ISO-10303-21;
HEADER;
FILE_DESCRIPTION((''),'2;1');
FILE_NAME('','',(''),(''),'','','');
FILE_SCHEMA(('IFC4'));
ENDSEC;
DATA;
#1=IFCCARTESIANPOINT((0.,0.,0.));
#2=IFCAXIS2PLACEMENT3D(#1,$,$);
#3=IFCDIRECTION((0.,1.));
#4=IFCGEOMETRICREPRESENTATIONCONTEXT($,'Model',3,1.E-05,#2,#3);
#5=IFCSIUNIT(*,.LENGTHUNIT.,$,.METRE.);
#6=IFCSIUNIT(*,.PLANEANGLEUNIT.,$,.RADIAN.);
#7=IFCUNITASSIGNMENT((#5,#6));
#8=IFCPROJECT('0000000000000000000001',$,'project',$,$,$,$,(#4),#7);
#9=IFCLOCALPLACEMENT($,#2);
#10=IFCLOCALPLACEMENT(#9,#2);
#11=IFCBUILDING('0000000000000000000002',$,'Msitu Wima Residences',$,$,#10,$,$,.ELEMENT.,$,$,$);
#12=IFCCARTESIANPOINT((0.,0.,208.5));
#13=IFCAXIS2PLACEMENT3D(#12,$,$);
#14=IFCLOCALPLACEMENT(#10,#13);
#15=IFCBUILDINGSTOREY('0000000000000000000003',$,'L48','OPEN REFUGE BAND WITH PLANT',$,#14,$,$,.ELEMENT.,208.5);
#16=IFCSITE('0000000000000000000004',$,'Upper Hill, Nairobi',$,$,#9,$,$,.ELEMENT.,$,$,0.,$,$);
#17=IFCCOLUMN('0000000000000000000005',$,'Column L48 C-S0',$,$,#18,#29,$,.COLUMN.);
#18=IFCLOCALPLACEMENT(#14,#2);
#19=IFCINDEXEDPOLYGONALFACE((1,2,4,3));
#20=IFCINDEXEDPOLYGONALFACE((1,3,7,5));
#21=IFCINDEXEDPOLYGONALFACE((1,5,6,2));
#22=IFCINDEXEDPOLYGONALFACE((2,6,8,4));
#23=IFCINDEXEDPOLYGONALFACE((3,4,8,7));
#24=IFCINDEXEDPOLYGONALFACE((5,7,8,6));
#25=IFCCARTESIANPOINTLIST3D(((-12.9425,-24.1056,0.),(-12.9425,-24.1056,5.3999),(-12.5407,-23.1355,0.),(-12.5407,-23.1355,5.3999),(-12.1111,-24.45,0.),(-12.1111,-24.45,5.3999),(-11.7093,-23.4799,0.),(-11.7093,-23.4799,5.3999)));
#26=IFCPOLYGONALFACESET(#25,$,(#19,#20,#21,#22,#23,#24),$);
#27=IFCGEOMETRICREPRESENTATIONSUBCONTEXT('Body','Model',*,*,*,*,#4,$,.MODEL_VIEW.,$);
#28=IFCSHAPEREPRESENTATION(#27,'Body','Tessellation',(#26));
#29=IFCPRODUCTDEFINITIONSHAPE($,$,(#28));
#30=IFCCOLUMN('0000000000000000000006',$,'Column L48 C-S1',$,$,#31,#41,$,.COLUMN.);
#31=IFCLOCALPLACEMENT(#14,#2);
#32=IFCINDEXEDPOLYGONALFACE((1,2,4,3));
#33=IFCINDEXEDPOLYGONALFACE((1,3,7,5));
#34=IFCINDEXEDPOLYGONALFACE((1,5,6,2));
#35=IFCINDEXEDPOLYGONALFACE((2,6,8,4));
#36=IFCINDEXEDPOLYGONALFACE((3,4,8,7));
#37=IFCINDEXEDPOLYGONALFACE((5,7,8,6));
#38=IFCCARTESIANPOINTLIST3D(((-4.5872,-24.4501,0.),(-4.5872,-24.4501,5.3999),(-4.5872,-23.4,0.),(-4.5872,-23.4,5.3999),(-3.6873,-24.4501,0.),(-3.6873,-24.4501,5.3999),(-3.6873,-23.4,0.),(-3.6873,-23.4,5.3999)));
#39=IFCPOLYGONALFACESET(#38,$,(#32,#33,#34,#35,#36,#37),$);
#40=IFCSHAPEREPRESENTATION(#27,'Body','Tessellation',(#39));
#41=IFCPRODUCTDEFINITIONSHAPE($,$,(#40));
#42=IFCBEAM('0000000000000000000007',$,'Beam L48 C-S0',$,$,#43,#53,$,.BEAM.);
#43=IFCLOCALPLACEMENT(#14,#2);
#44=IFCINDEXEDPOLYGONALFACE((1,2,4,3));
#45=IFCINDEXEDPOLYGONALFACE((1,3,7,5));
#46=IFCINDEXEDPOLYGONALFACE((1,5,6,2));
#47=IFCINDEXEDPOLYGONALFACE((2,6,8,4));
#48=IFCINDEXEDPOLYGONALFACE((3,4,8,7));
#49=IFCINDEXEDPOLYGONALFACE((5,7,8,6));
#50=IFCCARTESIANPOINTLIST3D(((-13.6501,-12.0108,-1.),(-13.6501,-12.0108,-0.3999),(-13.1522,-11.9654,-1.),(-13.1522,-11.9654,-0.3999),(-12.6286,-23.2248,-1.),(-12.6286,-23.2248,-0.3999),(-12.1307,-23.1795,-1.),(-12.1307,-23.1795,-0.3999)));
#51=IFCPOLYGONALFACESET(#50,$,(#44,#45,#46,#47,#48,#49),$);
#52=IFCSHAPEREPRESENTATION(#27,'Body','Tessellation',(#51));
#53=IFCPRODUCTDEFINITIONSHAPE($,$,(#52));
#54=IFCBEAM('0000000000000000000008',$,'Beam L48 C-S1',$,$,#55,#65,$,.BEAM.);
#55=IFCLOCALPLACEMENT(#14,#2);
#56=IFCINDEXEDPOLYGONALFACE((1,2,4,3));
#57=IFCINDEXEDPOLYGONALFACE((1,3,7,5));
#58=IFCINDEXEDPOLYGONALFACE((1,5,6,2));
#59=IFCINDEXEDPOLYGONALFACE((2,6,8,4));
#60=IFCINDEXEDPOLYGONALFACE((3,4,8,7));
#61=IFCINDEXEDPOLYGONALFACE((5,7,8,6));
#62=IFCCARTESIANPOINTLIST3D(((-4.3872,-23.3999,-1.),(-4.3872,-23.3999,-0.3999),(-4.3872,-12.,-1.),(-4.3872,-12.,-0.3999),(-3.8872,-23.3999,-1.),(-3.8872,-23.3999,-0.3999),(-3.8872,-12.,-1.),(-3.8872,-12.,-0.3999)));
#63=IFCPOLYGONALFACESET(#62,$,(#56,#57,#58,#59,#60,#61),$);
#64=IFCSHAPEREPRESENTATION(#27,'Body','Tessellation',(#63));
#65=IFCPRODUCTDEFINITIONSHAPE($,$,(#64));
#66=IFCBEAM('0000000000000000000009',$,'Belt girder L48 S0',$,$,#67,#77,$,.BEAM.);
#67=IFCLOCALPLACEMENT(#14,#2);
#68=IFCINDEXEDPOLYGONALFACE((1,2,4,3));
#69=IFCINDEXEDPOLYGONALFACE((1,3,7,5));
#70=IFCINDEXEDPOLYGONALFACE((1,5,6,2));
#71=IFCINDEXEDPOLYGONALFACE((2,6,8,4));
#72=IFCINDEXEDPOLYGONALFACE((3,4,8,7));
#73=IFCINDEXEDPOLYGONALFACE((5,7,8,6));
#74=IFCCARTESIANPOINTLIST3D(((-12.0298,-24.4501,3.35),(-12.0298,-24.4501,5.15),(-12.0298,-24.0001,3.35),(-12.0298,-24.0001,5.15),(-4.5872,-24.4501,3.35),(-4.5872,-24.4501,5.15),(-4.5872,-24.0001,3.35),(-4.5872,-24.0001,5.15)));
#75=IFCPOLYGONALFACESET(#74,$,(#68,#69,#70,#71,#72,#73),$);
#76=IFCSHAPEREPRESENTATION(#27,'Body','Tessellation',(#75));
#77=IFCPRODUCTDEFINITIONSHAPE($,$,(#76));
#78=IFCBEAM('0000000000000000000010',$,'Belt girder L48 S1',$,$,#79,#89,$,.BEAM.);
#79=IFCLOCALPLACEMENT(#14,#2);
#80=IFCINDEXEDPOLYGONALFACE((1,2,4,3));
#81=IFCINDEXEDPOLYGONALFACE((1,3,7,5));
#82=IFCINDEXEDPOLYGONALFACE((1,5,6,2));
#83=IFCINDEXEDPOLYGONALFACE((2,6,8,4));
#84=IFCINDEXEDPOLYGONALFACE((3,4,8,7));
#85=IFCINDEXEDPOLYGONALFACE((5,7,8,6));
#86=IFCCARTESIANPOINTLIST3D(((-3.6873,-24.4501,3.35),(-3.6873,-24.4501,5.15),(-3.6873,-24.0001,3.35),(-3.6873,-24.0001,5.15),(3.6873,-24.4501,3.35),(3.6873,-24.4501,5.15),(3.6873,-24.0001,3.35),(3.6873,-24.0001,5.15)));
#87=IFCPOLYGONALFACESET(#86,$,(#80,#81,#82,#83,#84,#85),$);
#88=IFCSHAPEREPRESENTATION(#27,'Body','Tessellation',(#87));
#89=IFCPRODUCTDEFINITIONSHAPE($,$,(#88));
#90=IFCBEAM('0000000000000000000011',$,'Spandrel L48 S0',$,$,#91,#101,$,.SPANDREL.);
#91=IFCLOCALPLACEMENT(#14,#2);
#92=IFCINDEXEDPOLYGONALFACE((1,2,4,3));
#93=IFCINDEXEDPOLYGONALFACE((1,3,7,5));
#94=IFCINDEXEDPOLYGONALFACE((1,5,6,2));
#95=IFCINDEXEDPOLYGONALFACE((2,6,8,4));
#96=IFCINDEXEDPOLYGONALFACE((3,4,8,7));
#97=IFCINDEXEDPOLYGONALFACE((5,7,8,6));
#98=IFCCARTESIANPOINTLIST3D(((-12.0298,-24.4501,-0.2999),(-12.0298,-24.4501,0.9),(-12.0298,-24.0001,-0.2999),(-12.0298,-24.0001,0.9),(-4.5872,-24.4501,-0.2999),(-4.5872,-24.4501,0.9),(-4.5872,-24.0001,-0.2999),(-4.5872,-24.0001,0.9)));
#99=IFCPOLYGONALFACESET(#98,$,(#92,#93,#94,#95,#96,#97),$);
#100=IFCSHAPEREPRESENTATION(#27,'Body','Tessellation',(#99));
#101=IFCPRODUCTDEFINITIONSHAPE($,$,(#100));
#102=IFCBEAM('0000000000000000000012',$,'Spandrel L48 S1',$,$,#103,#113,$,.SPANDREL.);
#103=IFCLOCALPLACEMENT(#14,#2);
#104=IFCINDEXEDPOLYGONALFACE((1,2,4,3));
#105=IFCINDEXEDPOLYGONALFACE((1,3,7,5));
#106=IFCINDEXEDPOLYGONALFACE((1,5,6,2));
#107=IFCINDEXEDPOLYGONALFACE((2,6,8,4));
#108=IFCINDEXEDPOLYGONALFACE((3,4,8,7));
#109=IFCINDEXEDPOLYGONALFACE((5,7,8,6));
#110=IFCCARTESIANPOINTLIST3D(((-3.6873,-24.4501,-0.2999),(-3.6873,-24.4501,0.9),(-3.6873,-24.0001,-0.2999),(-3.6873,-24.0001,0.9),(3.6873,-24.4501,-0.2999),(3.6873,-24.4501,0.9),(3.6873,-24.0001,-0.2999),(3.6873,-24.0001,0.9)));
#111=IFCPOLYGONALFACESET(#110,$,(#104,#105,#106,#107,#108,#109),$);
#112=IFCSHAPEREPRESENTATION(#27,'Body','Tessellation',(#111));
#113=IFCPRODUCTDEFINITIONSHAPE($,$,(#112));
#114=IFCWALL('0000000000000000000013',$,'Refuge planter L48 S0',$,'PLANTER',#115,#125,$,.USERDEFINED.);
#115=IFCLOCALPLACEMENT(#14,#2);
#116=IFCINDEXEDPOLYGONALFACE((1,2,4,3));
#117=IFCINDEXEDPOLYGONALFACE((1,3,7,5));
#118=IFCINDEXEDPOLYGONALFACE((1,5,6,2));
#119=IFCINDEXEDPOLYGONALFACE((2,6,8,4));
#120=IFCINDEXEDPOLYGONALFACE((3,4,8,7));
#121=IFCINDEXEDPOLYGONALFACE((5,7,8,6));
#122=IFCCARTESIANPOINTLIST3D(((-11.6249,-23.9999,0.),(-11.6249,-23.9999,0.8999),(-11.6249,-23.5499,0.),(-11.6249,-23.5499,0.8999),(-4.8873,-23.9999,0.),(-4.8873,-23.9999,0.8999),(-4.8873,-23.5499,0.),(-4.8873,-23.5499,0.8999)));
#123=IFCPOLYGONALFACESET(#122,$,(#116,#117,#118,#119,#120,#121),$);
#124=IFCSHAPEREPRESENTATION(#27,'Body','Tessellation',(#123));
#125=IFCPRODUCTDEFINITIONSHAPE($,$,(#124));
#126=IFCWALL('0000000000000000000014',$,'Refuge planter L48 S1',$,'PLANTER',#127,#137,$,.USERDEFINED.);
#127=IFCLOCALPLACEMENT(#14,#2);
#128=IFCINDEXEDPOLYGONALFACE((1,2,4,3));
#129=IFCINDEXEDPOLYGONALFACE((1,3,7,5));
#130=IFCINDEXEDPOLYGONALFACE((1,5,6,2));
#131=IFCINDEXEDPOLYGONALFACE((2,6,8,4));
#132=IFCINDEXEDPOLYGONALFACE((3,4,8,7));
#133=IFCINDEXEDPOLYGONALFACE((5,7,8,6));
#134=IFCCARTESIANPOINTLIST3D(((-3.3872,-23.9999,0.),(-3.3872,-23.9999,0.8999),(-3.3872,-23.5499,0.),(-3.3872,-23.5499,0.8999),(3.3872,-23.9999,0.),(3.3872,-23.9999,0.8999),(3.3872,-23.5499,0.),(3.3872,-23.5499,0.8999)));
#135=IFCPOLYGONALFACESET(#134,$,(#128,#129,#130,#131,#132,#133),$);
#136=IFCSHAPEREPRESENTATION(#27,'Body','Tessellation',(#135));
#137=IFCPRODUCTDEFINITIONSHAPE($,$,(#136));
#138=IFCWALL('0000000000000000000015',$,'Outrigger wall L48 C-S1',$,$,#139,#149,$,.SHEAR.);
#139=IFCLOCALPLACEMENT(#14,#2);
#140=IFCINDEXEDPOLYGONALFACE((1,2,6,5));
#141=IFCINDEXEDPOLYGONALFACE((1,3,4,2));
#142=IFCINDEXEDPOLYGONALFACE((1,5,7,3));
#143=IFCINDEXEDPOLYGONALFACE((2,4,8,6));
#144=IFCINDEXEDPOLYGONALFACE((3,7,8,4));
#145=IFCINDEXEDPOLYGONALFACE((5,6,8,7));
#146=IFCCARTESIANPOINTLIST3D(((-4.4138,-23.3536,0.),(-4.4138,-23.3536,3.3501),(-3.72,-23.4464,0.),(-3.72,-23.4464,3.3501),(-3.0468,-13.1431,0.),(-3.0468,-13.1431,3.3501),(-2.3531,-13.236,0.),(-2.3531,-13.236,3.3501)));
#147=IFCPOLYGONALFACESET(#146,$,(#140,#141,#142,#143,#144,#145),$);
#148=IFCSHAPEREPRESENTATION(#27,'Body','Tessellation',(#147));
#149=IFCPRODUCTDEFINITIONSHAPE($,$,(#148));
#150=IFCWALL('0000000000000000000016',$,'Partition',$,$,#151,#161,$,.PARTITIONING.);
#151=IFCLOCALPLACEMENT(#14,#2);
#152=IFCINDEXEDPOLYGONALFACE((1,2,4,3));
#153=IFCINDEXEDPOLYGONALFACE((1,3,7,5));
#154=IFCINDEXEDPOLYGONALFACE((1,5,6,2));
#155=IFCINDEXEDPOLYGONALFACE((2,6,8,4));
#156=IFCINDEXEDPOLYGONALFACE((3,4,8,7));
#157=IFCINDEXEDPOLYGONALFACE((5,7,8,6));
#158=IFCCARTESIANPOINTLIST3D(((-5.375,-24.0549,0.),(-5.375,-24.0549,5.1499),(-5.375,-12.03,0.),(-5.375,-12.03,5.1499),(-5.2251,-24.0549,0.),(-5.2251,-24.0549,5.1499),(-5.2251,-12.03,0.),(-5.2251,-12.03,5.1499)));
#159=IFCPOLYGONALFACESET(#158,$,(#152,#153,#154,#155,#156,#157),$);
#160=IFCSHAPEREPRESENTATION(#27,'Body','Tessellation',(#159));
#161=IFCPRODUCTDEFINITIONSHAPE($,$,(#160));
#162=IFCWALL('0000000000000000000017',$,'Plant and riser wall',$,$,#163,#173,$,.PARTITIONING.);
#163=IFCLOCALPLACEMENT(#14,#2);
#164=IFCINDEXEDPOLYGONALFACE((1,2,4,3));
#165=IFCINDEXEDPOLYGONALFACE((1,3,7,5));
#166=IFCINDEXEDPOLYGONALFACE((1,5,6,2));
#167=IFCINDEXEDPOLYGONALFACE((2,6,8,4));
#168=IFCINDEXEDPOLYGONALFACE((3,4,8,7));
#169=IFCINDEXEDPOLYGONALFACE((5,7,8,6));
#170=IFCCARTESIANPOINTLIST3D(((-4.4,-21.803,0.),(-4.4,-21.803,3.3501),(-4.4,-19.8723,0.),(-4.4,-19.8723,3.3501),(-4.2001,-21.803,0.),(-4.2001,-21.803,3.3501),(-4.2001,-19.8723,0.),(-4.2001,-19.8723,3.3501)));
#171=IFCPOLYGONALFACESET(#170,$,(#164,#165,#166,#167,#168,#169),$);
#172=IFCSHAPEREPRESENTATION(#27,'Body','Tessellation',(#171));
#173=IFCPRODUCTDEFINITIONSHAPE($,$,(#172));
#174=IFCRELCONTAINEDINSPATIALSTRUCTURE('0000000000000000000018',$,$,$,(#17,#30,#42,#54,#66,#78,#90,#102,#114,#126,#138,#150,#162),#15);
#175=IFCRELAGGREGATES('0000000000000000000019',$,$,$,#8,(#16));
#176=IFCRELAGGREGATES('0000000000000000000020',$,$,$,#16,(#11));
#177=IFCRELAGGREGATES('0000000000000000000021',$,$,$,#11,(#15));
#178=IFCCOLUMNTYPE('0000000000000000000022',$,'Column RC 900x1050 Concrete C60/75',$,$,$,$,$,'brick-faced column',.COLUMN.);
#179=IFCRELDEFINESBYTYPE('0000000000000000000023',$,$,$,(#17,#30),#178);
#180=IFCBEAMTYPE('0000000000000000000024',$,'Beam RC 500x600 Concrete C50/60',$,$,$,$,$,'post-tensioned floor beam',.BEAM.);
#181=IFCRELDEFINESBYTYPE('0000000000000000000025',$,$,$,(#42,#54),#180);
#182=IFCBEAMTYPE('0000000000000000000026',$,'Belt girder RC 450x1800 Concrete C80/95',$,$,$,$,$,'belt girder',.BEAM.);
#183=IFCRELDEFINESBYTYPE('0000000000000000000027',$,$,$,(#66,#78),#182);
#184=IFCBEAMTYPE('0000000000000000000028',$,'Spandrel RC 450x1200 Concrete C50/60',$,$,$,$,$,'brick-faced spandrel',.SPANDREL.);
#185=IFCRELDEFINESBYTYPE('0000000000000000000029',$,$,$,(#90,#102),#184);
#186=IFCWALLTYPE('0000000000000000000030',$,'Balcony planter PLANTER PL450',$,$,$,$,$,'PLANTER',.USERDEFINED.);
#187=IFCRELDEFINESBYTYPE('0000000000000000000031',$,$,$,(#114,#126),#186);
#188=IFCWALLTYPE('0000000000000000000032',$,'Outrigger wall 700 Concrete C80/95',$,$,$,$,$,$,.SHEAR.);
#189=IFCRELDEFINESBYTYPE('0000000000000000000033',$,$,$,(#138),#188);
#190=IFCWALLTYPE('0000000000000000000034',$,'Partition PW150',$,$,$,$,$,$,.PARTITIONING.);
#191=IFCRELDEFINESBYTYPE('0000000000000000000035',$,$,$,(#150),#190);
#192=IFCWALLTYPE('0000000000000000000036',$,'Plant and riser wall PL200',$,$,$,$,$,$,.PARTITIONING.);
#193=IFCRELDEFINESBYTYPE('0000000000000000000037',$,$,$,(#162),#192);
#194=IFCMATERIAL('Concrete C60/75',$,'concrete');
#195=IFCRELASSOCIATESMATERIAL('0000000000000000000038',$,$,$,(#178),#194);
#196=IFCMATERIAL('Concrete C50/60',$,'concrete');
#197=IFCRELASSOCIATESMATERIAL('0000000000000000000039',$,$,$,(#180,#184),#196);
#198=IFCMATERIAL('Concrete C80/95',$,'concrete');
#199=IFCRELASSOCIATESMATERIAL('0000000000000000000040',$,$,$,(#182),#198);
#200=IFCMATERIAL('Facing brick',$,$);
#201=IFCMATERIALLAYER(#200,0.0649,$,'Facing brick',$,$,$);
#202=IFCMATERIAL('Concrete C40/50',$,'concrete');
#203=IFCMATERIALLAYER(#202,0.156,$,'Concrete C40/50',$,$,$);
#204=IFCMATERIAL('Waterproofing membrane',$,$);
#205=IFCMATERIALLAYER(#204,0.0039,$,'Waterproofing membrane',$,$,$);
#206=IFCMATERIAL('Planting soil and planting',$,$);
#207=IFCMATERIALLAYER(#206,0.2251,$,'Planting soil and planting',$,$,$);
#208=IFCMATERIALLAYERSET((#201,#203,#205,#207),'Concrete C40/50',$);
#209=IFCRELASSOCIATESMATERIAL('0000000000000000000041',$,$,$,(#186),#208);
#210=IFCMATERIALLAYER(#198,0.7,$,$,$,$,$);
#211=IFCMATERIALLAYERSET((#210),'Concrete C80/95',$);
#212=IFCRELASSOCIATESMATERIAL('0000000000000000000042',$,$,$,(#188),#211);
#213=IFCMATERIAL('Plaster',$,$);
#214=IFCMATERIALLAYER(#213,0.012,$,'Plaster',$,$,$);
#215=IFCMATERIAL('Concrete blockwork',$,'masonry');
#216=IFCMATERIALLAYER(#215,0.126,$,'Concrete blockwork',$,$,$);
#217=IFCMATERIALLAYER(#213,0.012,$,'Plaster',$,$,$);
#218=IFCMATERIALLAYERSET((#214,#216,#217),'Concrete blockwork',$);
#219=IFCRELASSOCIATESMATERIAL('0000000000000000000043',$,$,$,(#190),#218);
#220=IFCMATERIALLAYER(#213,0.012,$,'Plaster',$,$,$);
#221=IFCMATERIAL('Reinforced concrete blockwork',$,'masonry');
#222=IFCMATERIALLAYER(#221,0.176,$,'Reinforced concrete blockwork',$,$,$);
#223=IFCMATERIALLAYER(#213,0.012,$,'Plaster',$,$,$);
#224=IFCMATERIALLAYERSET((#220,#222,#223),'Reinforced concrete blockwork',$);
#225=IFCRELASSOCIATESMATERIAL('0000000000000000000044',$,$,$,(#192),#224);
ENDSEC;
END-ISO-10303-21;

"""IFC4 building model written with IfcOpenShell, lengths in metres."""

from ifc_helpers import new_model, si_unit, direction, frame, frame_2d, origin, origin_2d, place, context, subcontext, project, spatial, rectangle, extrude, material, layer, layer_set, material_profile, profile_set, type_object, element, save


model = new_model("IFC4")

# Units and contexts
model_context = context("Model", 3, precision=1e-05, world=origin(), true_north=direction((0.0, 1.0)))
body_context = subcontext(model_context, "Body", "Model", "MODEL_VIEW")
ifc_project = project(units=[si_unit("LENGTHUNIT", "METRE"), si_unit("PLANEANGLEUNIT", "RADIAN")], contexts=[model_context])

# Site, building, storey
site_placement = place(None, origin())
site = spatial("IfcSite", under=ifc_project, at=site_placement, Name="Upper Hill, Nairobi", CompositionType="ELEMENT", RefElevation=0.0)
building_placement = place(site_placement, origin())
building = spatial("IfcBuilding", under=site, at=building_placement, Name="Msitu Wima Residences", CompositionType="ELEMENT")
storey_placement = place(building_placement, frame((0.0, 0.0, 208.5)))
storey = spatial("IfcBuildingStorey", under=building, at=storey_placement, Name="L48", Description="OPEN REFUGE BAND WITH PLANT", CompositionType="ELEMENT", Elevation=208.5)

# Columns
ifc_material_1 = material(Name="Concrete C60/75", Category="concrete")
ifc_material_profile_1 = material_profile(ifc_material_1, rectangle(XDim=0.8999, YDim=1.05, at=origin_2d()), Name="RC 900x1050")
ifc_profile_set_1 = profile_set([ifc_material_profile_1], Name="Concrete C60/75")
column_type = type_object("IfcColumnType", Name="Column RC 900x1050 Concrete C60/75", ElementType="brick-faced column", PredefinedType="COLUMN", material=ifc_profile_set_1)
for number, where, z_axis, x_axis, name in (
    (1, (-12.3259, -23.7927, 0.0), (0.0, 0.0, 1.0), (0.92388, -0.382683, 0.0), "Column L48 C-S0"),
    (2, (-4.1372, -23.925, 0.0), (0.0, 0.0, 1.0), (1.0, 0.0, 0.0), "Column L48 C-S1"),
):
    element("IfcColumn", number, at=place(storey_placement, frame(where, z_axis=z_axis, x_axis=x_axis)), inside=storey, type_object=column_type, Name=name, PredefinedType="COLUMN", context=body_context, shape_type="SweptSolid", body=[
        extrude(rectangle(XDim=0.8999, YDim=1.05, at=origin_2d()), origin(), (0.0, 0.0, 1.0), 5.3999),
    ])

# Beams
ifc_material_2 = material(Name="Concrete C50/60", Category="concrete")
ifc_material_profile_2 = material_profile(ifc_material_2, rectangle(XDim=0.5, YDim=0.6001, at=origin_2d()), Name="RC 500x600")
ifc_profile_set_2 = profile_set([ifc_material_profile_2], Name="Concrete C50/60")
beam_type_1 = type_object("IfcBeamType", Name="Beam RC 500x600 Concrete C50/60", ElementType="post-tensioned floor beam", PredefinedType="BEAM", material=ifc_profile_set_2)
beam_1_placement = place(storey_placement, frame((-12.3796, -23.2021, -0.7), z_axis=(-0.090714, 0.995877, 0.0), x_axis=(-0.995877, -0.090714, 0.0)))
element("IfcBeam", 3, at=beam_1_placement, inside=storey, type_object=beam_type_1, Name="Beam L48 C-S0", PredefinedType="BEAM", context=body_context, shape_type="SweptSolid", body=[
    extrude(rectangle(XDim=0.5, YDim=0.6001, at=origin_2d()), origin(), (0.0, 0.0, 1.0), 11.2605),
])
beam_2_placement = place(storey_placement, frame((-4.1372, -23.3999, -0.7), z_axis=(0.0, 1.0, 0.0), x_axis=(-1.0, 0.0, 0.0)))
element("IfcBeam", 4, at=beam_2_placement, inside=storey, type_object=beam_type_1, Name="Beam L48 C-S1", PredefinedType="BEAM", context=body_context, shape_type="SweptSolid", body=[
    extrude(rectangle(XDim=0.5, YDim=0.6001, at=origin_2d()), origin(), (0.0, 0.0, 1.0), 11.3999),
])
ifc_material_3 = material(Name="Concrete C80/95", Category="concrete")
ifc_material_profile_3 = material_profile(ifc_material_3, rectangle(XDim=0.45, YDim=1.8, at=origin_2d()), Name="RC 450x1800")
ifc_profile_set_3 = profile_set([ifc_material_profile_3], Name="Concrete C80/95")
beam_type_2 = type_object("IfcBeamType", Name="Belt girder RC 450x1800 Concrete C80/95", ElementType="belt girder", PredefinedType="BEAM", material=ifc_profile_set_3)
beam_3_placement = place(storey_placement, frame((-12.0298, -24.2251, 4.25), z_axis=(1.0, 0.0, 0.0), x_axis=(0.0, 1.0, 0.0)))
element("IfcBeam", 5, at=beam_3_placement, inside=storey, type_object=beam_type_2, Name="Belt girder L48 S0", PredefinedType="BEAM", context=body_context, shape_type="SweptSolid", body=[
    extrude(rectangle(XDim=0.45, YDim=1.8, at=origin_2d()), origin(), (0.0, 0.0, 1.0), 7.4426),
])
beam_4_placement = place(storey_placement, frame((-3.6873, -24.2251, 4.25), z_axis=(1.0, 0.0, 0.0), x_axis=(0.0, 1.0, 0.0)))
element("IfcBeam", 6, at=beam_4_placement, inside=storey, type_object=beam_type_2, Name="Belt girder L48 S1", PredefinedType="BEAM", context=body_context, shape_type="SweptSolid", body=[
    extrude(rectangle(XDim=0.45, YDim=1.8, at=origin_2d()), origin(), (0.0, 0.0, 1.0), 7.3745),
])
ifc_material_profile_4 = material_profile(ifc_material_2, rectangle(XDim=0.45, YDim=1.2, at=origin_2d()), Name="RC 450x1200")
ifc_profile_set_4 = profile_set([ifc_material_profile_4], Name="Concrete C50/60")
beam_type_3 = type_object("IfcBeamType", Name="Spandrel RC 450x1200 Concrete C50/60", ElementType="brick-faced spandrel", PredefinedType="SPANDREL", material=ifc_profile_set_4)
beam_5_placement = place(storey_placement, frame((-12.0298, -24.2251, 0.3), z_axis=(1.0, 0.0, 0.0), x_axis=(0.0, 1.0, 0.0)))
element("IfcBeam", 7, at=beam_5_placement, inside=storey, type_object=beam_type_3, Name="Spandrel L48 S0", PredefinedType="SPANDREL", context=body_context, shape_type="SweptSolid", body=[
    extrude(rectangle(XDim=0.45, YDim=1.2, at=origin_2d()), origin(), (0.0, 0.0, 1.0), 7.4426),
])
beam_6_placement = place(storey_placement, frame((-3.6873, -24.2251, 0.3), z_axis=(1.0, 0.0, 0.0), x_axis=(0.0, 1.0, 0.0)))
element("IfcBeam", 8, at=beam_6_placement, inside=storey, type_object=beam_type_3, Name="Spandrel L48 S1", PredefinedType="SPANDREL", context=body_context, shape_type="SweptSolid", body=[
    extrude(rectangle(XDim=0.45, YDim=1.2, at=origin_2d()), origin(), (0.0, 0.0, 1.0), 7.3745),
])

# Walls
ifc_material_4 = material(Name="Facing brick")
ifc_layer_1 = layer(ifc_material_4, 0.0649, Name="Facing brick")
ifc_material_5 = material(Name="Concrete C40/50", Category="concrete")
ifc_layer_2 = layer(ifc_material_5, 0.156, Name="Concrete C40/50")
ifc_material_6 = material(Name="Waterproofing membrane")
ifc_layer_3 = layer(ifc_material_6, 0.0039, Name="Waterproofing membrane")
ifc_material_7 = material(Name="Planting soil and planting")
ifc_layer_4 = layer(ifc_material_7, 0.2251, Name="Planting soil and planting")
ifc_layer_set_1 = layer_set([ifc_layer_1, ifc_layer_2, ifc_layer_3, ifc_layer_4], Name="Concrete C40/50")
wall_type_1 = type_object("IfcWallType", Name="Balcony planter PLANTER PL450", ElementType="PLANTER", PredefinedType="USERDEFINED", material=ifc_layer_set_1)
wall_1_placement = place(storey_placement, frame((-11.6248, -23.7749, 0.0), z_axis=(0.0, 0.0, 1.0), x_axis=(1.0, 0.0, 0.0)))
element("IfcWall", 9, at=wall_1_placement, inside=storey, type_object=wall_type_1, Name="Refuge planter L48 S0", ObjectType="PLANTER", PredefinedType="USERDEFINED", context=body_context, shape_type="SweptSolid", body=[
    extrude(rectangle(XDim=6.7375, YDim=0.45, at=frame_2d((3.3687, 0.0))), origin(), (0.0, 0.0, 1.0), 0.8999),
])
wall_2_placement = place(storey_placement, frame((-3.3872, -23.7749, 0.0), z_axis=(0.0, 0.0, 1.0), x_axis=(1.0, 0.0, 0.0)))
element("IfcWall", 10, at=wall_2_placement, inside=storey, type_object=wall_type_1, Name="Refuge planter L48 S1", ObjectType="PLANTER", PredefinedType="USERDEFINED", context=body_context, shape_type="SweptSolid", body=[
    extrude(rectangle(XDim=6.7744, YDim=0.45, at=frame_2d((3.3872, 0.0))), origin(), (0.0, 0.0, 1.0), 0.8999),
])
ifc_layer_5 = layer(ifc_material_3, 0.7)
ifc_layer_set_2 = layer_set([ifc_layer_5], Name="Concrete C80/95")
wall_type_2 = type_object("IfcWallType", Name="Outrigger wall 700 Concrete C80/95", PredefinedType="SHEAR", material=ifc_layer_set_2)
wall_3_placement = place(storey_placement, frame((-2.7, -13.1895, 0.0), z_axis=(0.0, 0.0, 1.0), x_axis=(-0.132693, -0.991157, 0.0)))
element("IfcWall", 11, at=wall_3_placement, inside=storey, type_object=wall_type_2, Name="Outrigger wall L48 C-S1", PredefinedType="SHEAR", context=body_context, shape_type="SweptSolid", body=[
    extrude(rectangle(XDim=10.3015, YDim=0.7, at=frame_2d((5.1509, 0.0))), origin(), (0.0, 0.0, 1.0), 3.3501),
])
ifc_material_8 = material(Name="Plaster")
ifc_layer_6 = layer(ifc_material_8, 0.012, Name="Plaster")
ifc_material_9 = material(Name="Concrete blockwork", Category="masonry")
ifc_layer_7 = layer(ifc_material_9, 0.126, Name="Concrete blockwork")
ifc_layer_8 = layer(ifc_material_8, 0.012, Name="Plaster")
ifc_layer_set_3 = layer_set([ifc_layer_6, ifc_layer_7, ifc_layer_8], Name="Concrete blockwork")
wall_type_3 = type_object("IfcWallType", Name="Partition PW150", PredefinedType="PARTITIONING", material=ifc_layer_set_3)
wall_4_placement = place(storey_placement, frame((-5.3, -24.0549, 0.0), z_axis=(0.0, 0.0, 1.0), x_axis=(0.0, 1.0, 0.0)))
element("IfcWall", 12, at=wall_4_placement, inside=storey, type_object=wall_type_3, Name="Partition", PredefinedType="PARTITIONING", context=body_context, shape_type="SweptSolid", body=[
    extrude(rectangle(XDim=12.0249, YDim=0.1499, at=frame_2d((6.0125, 0.0))), origin(), (0.0, 0.0, 1.0), 5.1499),
])
ifc_layer_9 = layer(ifc_material_8, 0.012, Name="Plaster")
ifc_material_10 = material(Name="Reinforced concrete blockwork", Category="masonry")
ifc_layer_10 = layer(ifc_material_10, 0.176, Name="Reinforced concrete blockwork")
ifc_layer_11 = layer(ifc_material_8, 0.012, Name="Plaster")
ifc_layer_set_4 = layer_set([ifc_layer_9, ifc_layer_10, ifc_layer_11], Name="Reinforced concrete blockwork")
wall_type_4 = type_object("IfcWallType", Name="Plant and riser wall PL200", PredefinedType="PARTITIONING", material=ifc_layer_set_4)
wall_5_placement = place(storey_placement, frame((-4.3, -21.803, 0.0), z_axis=(0.0, 0.0, 1.0), x_axis=(0.0, 1.0, 0.0)))
element("IfcWall", 13, at=wall_5_placement, inside=storey, type_object=wall_type_4, Name="Plant and riser wall", PredefinedType="PARTITIONING", context=body_context, shape_type="SweptSolid", body=[
    extrude(rectangle(XDim=1.9307, YDim=0.2, at=frame_2d((0.9653, 0.0))), origin(), (0.0, 0.0, 1.0), 3.3501),
])

save(model, "model.ifc")
